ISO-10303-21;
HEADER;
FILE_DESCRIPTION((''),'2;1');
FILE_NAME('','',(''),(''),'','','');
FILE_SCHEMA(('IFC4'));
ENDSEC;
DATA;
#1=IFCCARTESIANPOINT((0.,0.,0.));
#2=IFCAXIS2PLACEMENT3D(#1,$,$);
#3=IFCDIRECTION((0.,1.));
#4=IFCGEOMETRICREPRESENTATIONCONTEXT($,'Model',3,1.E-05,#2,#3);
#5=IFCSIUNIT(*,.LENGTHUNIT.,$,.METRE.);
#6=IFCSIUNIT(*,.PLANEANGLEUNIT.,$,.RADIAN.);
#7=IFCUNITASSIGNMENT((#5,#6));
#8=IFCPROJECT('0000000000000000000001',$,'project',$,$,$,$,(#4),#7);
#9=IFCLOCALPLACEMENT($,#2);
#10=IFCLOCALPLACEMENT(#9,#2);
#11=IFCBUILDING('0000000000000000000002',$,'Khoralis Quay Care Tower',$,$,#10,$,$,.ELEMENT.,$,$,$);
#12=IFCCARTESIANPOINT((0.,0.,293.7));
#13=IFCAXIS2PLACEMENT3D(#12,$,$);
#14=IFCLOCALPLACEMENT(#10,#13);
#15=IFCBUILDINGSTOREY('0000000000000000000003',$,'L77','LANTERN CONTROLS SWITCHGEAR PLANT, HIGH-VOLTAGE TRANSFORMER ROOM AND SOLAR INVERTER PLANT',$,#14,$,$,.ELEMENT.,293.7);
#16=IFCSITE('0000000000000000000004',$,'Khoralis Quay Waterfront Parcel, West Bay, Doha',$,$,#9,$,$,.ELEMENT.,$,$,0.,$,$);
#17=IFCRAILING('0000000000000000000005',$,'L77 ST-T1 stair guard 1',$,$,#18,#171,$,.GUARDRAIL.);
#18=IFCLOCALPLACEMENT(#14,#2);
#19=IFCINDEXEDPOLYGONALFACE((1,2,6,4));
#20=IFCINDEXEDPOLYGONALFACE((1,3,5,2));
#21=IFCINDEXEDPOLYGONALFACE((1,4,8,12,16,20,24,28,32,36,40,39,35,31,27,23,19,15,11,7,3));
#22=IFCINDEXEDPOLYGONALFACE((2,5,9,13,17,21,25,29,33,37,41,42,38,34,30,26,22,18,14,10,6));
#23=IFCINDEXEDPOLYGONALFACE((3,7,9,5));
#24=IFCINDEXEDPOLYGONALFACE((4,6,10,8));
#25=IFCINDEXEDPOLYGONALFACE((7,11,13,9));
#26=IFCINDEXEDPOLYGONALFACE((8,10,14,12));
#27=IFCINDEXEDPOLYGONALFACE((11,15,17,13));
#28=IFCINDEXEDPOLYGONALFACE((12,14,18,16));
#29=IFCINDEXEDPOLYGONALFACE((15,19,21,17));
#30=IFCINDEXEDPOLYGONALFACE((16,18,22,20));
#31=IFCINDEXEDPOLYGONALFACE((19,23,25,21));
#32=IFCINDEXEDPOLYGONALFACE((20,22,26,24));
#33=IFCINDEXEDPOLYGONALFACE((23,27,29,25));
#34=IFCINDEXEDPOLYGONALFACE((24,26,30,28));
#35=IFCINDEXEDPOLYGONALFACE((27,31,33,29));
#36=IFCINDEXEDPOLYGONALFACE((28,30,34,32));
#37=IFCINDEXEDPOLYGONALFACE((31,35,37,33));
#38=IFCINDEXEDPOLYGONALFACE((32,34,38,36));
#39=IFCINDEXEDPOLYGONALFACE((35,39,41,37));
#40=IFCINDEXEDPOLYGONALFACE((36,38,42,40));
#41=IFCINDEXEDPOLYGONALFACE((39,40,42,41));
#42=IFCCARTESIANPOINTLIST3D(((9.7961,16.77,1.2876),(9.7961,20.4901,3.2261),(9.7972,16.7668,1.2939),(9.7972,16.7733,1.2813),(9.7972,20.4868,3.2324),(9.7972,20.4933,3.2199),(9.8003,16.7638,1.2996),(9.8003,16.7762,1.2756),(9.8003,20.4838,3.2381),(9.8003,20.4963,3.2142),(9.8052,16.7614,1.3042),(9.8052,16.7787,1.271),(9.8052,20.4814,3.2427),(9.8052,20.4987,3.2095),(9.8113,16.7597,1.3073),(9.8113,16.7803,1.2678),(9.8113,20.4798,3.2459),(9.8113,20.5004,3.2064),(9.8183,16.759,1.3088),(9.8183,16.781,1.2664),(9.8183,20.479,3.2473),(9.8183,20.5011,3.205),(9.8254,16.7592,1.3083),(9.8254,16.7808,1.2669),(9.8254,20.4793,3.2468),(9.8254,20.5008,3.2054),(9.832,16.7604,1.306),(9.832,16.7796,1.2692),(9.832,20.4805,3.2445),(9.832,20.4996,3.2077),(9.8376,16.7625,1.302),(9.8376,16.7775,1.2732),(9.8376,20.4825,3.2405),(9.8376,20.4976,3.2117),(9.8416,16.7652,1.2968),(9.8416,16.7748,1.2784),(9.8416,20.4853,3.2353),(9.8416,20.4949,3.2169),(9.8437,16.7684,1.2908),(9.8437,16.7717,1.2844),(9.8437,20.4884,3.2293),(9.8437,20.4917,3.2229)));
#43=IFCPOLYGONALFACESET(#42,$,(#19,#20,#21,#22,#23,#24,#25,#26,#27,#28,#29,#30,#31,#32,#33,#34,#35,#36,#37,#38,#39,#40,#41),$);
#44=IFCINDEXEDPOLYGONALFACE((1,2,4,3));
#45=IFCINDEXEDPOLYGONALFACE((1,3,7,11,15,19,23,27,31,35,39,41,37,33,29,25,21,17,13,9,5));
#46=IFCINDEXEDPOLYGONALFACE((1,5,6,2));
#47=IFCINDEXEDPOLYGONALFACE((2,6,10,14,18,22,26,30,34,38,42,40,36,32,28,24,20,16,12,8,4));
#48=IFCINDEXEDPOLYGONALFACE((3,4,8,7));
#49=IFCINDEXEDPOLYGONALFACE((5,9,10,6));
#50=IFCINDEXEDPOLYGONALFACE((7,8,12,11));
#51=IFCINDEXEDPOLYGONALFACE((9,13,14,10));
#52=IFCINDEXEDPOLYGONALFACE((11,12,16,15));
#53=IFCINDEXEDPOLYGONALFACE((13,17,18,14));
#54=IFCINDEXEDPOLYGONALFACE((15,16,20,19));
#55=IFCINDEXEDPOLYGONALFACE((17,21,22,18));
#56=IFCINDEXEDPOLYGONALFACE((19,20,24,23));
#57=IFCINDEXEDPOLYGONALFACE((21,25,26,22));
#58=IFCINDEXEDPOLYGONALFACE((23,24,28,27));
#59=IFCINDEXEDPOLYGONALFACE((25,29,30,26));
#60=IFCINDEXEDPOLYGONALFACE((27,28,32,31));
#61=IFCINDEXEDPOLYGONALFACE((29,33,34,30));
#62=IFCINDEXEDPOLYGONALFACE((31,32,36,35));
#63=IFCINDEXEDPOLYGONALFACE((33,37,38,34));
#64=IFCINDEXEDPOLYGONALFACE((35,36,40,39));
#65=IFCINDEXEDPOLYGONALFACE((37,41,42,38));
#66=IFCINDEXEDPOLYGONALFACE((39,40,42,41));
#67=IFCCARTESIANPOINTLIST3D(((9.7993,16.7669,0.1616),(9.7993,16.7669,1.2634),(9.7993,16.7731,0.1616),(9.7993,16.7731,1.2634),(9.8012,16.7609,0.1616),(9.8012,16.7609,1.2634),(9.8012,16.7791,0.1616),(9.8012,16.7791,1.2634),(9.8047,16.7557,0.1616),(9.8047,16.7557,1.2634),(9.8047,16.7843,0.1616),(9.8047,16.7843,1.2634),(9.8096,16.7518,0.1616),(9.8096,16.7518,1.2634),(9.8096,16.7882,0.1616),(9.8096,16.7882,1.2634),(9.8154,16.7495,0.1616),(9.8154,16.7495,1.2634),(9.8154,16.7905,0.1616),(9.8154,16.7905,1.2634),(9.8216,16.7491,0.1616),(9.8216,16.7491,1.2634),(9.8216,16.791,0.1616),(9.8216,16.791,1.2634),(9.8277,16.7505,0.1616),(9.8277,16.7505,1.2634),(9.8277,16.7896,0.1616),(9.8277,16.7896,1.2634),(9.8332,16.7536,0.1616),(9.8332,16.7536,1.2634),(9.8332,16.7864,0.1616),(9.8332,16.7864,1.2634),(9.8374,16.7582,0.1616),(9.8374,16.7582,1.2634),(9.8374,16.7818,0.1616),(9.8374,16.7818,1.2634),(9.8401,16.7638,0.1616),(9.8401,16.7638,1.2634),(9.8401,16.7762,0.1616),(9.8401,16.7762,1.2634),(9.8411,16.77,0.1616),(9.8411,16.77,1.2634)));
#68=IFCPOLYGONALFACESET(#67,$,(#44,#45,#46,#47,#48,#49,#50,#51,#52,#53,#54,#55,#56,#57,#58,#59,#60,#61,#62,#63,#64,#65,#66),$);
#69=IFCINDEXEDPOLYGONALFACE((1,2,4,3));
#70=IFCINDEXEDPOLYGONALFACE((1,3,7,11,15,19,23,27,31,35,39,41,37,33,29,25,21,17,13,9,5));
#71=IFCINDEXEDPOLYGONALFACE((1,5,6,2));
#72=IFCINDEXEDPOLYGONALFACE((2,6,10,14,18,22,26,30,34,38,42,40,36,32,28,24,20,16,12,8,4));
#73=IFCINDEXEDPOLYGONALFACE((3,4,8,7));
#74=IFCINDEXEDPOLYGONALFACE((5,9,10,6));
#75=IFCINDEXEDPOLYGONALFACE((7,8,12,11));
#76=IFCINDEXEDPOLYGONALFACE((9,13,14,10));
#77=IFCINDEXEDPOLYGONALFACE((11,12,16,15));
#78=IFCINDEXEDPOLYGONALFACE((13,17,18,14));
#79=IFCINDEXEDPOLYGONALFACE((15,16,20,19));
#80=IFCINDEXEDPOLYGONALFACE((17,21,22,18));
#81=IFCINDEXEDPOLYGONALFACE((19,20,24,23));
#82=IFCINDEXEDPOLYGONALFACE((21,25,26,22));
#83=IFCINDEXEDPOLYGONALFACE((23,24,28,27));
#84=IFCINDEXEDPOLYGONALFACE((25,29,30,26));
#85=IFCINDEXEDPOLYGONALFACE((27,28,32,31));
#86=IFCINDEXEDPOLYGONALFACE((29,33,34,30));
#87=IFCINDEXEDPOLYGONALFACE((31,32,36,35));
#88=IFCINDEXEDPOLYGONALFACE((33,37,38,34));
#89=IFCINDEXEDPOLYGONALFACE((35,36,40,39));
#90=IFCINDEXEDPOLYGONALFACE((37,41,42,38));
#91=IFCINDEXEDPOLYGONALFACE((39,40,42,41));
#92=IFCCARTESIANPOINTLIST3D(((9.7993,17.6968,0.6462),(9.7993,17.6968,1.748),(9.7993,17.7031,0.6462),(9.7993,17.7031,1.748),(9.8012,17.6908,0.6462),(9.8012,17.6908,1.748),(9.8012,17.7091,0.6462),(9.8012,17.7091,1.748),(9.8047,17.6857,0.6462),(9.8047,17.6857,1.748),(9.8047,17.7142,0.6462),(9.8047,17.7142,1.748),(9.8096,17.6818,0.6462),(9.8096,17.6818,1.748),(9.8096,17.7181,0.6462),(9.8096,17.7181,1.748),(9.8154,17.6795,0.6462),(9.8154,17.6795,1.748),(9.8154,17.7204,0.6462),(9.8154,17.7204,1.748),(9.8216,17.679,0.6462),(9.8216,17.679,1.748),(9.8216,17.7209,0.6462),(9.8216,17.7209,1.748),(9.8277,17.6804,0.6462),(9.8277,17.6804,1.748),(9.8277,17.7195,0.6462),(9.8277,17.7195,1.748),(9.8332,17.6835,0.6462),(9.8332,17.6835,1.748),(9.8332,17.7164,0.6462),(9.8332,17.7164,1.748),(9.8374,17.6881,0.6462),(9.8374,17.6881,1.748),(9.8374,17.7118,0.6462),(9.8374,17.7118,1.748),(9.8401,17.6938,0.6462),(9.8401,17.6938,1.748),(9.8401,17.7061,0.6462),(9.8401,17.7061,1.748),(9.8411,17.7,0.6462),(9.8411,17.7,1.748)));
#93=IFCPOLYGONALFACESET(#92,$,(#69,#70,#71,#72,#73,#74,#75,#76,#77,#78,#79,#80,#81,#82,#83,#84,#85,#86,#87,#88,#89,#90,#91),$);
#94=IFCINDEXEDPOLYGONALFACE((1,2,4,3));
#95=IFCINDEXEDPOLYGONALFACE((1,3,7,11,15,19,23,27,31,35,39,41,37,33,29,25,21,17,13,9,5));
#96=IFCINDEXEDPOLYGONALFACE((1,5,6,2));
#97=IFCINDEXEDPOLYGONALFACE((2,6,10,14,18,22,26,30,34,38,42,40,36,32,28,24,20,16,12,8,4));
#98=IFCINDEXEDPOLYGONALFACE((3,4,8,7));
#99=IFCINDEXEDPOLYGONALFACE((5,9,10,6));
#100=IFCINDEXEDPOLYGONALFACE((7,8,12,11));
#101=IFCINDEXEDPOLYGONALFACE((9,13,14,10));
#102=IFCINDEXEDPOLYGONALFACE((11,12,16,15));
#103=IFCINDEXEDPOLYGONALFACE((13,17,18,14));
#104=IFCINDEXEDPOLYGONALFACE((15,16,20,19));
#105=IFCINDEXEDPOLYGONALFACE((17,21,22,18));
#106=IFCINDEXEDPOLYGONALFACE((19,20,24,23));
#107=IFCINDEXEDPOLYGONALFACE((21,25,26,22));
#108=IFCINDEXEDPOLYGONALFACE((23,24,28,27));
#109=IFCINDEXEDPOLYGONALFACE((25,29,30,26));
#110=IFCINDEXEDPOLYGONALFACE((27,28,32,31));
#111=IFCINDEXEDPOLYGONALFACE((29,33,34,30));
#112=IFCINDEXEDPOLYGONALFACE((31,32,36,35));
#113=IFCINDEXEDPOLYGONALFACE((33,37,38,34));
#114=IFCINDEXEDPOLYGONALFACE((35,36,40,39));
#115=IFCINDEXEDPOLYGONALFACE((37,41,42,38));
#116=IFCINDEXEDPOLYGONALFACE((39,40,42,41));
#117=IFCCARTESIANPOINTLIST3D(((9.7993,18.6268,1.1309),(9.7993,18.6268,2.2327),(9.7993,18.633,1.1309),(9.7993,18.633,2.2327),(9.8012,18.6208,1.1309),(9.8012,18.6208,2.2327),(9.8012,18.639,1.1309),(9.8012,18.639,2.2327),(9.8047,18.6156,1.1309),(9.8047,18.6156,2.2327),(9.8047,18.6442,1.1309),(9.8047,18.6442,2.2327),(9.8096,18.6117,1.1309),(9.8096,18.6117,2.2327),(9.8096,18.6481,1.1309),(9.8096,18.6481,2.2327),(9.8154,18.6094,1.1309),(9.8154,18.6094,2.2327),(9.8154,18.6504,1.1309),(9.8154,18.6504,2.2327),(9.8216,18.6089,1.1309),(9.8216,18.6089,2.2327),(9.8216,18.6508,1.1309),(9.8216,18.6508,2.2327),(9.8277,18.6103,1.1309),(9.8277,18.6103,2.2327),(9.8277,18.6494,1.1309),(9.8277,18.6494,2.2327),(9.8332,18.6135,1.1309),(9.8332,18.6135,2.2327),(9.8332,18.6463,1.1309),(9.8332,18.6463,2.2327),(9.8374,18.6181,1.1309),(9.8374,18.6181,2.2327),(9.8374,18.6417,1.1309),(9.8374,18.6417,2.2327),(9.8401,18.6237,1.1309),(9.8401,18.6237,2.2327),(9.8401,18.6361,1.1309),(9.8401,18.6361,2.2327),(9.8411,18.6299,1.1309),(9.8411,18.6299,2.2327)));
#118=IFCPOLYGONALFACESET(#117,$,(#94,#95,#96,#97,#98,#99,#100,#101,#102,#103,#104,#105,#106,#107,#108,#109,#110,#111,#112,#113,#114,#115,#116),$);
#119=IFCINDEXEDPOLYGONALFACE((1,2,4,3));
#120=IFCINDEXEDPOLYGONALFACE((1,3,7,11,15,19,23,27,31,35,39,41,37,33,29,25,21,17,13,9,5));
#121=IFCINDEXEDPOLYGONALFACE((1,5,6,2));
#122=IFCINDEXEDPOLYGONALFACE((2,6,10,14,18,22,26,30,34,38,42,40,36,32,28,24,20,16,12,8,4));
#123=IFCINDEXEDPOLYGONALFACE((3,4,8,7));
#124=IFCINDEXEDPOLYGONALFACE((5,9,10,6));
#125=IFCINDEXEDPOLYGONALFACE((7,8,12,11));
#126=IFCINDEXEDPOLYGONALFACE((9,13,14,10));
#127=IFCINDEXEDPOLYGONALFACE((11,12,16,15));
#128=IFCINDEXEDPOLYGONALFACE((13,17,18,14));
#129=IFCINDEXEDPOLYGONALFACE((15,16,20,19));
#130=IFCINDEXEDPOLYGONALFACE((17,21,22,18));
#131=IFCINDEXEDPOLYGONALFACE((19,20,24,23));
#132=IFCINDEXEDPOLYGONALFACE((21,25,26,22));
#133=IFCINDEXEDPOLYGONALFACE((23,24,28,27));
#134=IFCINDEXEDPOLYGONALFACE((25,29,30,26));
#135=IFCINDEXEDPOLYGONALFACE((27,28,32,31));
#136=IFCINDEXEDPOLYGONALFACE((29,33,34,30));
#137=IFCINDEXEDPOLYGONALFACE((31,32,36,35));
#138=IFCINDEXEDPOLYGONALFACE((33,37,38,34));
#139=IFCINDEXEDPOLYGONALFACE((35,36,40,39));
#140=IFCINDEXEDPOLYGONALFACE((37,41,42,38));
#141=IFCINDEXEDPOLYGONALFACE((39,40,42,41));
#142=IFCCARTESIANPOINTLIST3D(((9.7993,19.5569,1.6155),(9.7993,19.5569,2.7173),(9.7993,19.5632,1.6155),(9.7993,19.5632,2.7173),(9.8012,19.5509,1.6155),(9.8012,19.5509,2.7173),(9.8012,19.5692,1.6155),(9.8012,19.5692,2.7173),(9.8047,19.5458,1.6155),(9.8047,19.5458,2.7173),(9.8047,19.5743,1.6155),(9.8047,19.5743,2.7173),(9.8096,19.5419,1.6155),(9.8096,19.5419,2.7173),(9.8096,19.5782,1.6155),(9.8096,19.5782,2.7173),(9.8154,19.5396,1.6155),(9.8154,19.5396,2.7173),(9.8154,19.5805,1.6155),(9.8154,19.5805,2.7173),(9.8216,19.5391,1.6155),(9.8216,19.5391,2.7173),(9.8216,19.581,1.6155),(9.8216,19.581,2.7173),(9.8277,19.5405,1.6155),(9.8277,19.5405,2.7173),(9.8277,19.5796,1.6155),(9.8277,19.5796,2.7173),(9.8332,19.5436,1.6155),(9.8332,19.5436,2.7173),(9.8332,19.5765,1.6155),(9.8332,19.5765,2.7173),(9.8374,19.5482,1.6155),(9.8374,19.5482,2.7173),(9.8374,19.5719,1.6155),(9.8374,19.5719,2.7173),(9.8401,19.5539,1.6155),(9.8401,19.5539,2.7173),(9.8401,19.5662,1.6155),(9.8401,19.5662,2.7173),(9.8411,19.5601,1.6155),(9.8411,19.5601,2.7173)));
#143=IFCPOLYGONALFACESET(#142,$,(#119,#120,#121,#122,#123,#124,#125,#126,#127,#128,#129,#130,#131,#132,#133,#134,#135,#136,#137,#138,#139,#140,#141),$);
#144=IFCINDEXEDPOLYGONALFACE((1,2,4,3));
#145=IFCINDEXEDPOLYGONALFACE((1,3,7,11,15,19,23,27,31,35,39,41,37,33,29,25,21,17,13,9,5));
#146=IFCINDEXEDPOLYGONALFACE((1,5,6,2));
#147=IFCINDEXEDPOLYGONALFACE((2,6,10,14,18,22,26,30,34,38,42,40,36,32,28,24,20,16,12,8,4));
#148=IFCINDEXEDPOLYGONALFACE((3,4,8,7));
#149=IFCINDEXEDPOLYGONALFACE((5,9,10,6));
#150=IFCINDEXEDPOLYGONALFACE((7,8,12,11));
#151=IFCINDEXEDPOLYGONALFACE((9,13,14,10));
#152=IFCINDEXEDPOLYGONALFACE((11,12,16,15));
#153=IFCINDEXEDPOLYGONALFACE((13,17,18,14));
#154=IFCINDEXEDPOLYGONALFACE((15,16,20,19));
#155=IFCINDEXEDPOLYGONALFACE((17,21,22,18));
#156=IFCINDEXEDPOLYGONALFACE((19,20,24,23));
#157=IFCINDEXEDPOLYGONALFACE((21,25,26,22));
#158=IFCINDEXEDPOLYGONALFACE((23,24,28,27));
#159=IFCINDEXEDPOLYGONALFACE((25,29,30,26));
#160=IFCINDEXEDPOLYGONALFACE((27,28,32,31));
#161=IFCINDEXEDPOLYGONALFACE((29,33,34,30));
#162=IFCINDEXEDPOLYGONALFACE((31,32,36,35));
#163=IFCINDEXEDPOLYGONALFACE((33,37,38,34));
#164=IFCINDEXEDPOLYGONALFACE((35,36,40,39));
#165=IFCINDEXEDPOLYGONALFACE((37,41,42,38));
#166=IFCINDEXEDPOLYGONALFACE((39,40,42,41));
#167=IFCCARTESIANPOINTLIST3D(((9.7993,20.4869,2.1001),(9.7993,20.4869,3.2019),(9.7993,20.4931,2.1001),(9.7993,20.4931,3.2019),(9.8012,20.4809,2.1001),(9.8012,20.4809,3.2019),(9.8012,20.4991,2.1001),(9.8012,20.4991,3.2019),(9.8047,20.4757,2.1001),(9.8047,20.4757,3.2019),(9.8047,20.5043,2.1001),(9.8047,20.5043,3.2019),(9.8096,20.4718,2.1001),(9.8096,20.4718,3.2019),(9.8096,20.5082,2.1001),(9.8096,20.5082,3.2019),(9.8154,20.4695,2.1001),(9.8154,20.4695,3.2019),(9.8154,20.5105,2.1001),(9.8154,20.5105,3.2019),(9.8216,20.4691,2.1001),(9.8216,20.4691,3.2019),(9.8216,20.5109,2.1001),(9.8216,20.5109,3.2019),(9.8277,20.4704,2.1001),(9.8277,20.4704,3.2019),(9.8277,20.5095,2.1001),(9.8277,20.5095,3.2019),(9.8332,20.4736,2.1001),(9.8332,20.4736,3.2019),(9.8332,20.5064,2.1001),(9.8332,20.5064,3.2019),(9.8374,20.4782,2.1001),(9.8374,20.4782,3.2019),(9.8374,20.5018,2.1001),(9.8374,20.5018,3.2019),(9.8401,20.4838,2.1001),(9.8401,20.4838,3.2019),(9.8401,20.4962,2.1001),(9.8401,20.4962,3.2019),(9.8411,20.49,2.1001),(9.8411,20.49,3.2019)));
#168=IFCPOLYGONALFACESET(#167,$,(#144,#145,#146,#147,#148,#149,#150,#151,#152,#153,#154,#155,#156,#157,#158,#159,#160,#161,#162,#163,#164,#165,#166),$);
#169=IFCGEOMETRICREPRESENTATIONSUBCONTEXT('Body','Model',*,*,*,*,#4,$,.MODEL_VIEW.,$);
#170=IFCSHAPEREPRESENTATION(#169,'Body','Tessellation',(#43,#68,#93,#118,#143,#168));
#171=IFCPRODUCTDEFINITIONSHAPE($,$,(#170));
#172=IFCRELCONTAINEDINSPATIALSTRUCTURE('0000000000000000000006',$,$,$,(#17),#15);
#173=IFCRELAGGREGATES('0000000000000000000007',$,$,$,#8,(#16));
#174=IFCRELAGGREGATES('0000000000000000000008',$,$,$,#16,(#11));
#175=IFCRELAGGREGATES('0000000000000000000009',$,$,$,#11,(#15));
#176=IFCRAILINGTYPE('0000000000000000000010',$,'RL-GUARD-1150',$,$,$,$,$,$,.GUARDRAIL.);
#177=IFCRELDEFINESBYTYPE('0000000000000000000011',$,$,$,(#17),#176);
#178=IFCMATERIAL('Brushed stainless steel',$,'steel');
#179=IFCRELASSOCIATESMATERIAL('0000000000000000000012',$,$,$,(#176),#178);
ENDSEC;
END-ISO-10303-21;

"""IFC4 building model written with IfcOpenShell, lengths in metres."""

from ifc_helpers import new_model, si_unit, direction, frame, origin, origin_2d, place, context, subcontext, project, spatial, circle, extrude, material, type_object, element, save


model = new_model("IFC4")

# Units and contexts
model_context = context("Model", 3, precision=1e-05, world=origin(), true_north=direction((0.0, 1.0)))
body_context = subcontext(model_context, "Body", "Model", "MODEL_VIEW")
ifc_project = project(units=[si_unit("LENGTHUNIT", "METRE"), si_unit("PLANEANGLEUNIT", "RADIAN")], contexts=[model_context])

# Site, building, storey
site_placement = place(None, origin())
site = spatial("IfcSite", under=ifc_project, at=site_placement, Name="Khoralis Quay Waterfront Parcel, West Bay, Doha", CompositionType="ELEMENT", RefElevation=0.0)
building_placement = place(site_placement, origin())
building = spatial("IfcBuilding", under=site, at=building_placement, Name="Khoralis Quay Care Tower", CompositionType="ELEMENT")
storey_placement = place(building_placement, frame((0.0, 0.0, 293.7)))
storey = spatial("IfcBuildingStorey", under=building, at=storey_placement, Name="L77", Description="LANTERN CONTROLS SWITCHGEAR PLANT, HIGH-VOLTAGE TRANSFORMER ROOM AND SOLAR INVERTER PLANT", CompositionType="ELEMENT", Elevation=293.7)

# Shared definitions
ifc_material_1 = material(Name="Brushed stainless steel", Category="steel")

# Railing
railing_type_1 = type_object("IfcRailingType", Name="RL-GUARD-1150", PredefinedType="GUARDRAIL", material=ifc_material_1)
railing_1_placement = place(storey_placement, frame((9.8201, 16.77, 0.1616)))
element("IfcRailing", 1, at=railing_1_placement, inside=storey, type_object=railing_type_1, Name="L77 ST-T1 stair guard 1", PredefinedType="GUARDRAIL", context=body_context, shape_type="SweptSolid", body=[
    extrude(circle(Radius=0.0239, at=origin_2d()), frame((0.0, 0.0, 1.126), z_axis=(0.0, 0.886817, 0.46212), x_axis=(-1.0, 0.0, 0.0)), (0.0, 0.0, 1.0), 4.1948),
    extrude(circle(Radius=0.021, at=origin_2d()), origin(), (0.0, 0.0, 1.0), 1.1018),
    extrude(circle(Radius=0.021, at=origin_2d()), frame((0.0, 0.9299, 0.4846)), (0.0, 0.0, 1.0), 1.1018),
    extrude(circle(Radius=0.021, at=origin_2d()), frame((0.0, 1.8599, 0.9692)), (0.0, 0.0, 1.0), 1.1018),
    extrude(circle(Radius=0.021, at=origin_2d()), frame((0.0, 2.79, 1.4539)), (0.0, 0.0, 1.0), 1.1018),
    extrude(circle(Radius=0.021, at=origin_2d()), frame((0.0, 3.72, 1.9385)), (0.0, 0.0, 1.0), 1.1018),
])

save(model, "model.ifc")
